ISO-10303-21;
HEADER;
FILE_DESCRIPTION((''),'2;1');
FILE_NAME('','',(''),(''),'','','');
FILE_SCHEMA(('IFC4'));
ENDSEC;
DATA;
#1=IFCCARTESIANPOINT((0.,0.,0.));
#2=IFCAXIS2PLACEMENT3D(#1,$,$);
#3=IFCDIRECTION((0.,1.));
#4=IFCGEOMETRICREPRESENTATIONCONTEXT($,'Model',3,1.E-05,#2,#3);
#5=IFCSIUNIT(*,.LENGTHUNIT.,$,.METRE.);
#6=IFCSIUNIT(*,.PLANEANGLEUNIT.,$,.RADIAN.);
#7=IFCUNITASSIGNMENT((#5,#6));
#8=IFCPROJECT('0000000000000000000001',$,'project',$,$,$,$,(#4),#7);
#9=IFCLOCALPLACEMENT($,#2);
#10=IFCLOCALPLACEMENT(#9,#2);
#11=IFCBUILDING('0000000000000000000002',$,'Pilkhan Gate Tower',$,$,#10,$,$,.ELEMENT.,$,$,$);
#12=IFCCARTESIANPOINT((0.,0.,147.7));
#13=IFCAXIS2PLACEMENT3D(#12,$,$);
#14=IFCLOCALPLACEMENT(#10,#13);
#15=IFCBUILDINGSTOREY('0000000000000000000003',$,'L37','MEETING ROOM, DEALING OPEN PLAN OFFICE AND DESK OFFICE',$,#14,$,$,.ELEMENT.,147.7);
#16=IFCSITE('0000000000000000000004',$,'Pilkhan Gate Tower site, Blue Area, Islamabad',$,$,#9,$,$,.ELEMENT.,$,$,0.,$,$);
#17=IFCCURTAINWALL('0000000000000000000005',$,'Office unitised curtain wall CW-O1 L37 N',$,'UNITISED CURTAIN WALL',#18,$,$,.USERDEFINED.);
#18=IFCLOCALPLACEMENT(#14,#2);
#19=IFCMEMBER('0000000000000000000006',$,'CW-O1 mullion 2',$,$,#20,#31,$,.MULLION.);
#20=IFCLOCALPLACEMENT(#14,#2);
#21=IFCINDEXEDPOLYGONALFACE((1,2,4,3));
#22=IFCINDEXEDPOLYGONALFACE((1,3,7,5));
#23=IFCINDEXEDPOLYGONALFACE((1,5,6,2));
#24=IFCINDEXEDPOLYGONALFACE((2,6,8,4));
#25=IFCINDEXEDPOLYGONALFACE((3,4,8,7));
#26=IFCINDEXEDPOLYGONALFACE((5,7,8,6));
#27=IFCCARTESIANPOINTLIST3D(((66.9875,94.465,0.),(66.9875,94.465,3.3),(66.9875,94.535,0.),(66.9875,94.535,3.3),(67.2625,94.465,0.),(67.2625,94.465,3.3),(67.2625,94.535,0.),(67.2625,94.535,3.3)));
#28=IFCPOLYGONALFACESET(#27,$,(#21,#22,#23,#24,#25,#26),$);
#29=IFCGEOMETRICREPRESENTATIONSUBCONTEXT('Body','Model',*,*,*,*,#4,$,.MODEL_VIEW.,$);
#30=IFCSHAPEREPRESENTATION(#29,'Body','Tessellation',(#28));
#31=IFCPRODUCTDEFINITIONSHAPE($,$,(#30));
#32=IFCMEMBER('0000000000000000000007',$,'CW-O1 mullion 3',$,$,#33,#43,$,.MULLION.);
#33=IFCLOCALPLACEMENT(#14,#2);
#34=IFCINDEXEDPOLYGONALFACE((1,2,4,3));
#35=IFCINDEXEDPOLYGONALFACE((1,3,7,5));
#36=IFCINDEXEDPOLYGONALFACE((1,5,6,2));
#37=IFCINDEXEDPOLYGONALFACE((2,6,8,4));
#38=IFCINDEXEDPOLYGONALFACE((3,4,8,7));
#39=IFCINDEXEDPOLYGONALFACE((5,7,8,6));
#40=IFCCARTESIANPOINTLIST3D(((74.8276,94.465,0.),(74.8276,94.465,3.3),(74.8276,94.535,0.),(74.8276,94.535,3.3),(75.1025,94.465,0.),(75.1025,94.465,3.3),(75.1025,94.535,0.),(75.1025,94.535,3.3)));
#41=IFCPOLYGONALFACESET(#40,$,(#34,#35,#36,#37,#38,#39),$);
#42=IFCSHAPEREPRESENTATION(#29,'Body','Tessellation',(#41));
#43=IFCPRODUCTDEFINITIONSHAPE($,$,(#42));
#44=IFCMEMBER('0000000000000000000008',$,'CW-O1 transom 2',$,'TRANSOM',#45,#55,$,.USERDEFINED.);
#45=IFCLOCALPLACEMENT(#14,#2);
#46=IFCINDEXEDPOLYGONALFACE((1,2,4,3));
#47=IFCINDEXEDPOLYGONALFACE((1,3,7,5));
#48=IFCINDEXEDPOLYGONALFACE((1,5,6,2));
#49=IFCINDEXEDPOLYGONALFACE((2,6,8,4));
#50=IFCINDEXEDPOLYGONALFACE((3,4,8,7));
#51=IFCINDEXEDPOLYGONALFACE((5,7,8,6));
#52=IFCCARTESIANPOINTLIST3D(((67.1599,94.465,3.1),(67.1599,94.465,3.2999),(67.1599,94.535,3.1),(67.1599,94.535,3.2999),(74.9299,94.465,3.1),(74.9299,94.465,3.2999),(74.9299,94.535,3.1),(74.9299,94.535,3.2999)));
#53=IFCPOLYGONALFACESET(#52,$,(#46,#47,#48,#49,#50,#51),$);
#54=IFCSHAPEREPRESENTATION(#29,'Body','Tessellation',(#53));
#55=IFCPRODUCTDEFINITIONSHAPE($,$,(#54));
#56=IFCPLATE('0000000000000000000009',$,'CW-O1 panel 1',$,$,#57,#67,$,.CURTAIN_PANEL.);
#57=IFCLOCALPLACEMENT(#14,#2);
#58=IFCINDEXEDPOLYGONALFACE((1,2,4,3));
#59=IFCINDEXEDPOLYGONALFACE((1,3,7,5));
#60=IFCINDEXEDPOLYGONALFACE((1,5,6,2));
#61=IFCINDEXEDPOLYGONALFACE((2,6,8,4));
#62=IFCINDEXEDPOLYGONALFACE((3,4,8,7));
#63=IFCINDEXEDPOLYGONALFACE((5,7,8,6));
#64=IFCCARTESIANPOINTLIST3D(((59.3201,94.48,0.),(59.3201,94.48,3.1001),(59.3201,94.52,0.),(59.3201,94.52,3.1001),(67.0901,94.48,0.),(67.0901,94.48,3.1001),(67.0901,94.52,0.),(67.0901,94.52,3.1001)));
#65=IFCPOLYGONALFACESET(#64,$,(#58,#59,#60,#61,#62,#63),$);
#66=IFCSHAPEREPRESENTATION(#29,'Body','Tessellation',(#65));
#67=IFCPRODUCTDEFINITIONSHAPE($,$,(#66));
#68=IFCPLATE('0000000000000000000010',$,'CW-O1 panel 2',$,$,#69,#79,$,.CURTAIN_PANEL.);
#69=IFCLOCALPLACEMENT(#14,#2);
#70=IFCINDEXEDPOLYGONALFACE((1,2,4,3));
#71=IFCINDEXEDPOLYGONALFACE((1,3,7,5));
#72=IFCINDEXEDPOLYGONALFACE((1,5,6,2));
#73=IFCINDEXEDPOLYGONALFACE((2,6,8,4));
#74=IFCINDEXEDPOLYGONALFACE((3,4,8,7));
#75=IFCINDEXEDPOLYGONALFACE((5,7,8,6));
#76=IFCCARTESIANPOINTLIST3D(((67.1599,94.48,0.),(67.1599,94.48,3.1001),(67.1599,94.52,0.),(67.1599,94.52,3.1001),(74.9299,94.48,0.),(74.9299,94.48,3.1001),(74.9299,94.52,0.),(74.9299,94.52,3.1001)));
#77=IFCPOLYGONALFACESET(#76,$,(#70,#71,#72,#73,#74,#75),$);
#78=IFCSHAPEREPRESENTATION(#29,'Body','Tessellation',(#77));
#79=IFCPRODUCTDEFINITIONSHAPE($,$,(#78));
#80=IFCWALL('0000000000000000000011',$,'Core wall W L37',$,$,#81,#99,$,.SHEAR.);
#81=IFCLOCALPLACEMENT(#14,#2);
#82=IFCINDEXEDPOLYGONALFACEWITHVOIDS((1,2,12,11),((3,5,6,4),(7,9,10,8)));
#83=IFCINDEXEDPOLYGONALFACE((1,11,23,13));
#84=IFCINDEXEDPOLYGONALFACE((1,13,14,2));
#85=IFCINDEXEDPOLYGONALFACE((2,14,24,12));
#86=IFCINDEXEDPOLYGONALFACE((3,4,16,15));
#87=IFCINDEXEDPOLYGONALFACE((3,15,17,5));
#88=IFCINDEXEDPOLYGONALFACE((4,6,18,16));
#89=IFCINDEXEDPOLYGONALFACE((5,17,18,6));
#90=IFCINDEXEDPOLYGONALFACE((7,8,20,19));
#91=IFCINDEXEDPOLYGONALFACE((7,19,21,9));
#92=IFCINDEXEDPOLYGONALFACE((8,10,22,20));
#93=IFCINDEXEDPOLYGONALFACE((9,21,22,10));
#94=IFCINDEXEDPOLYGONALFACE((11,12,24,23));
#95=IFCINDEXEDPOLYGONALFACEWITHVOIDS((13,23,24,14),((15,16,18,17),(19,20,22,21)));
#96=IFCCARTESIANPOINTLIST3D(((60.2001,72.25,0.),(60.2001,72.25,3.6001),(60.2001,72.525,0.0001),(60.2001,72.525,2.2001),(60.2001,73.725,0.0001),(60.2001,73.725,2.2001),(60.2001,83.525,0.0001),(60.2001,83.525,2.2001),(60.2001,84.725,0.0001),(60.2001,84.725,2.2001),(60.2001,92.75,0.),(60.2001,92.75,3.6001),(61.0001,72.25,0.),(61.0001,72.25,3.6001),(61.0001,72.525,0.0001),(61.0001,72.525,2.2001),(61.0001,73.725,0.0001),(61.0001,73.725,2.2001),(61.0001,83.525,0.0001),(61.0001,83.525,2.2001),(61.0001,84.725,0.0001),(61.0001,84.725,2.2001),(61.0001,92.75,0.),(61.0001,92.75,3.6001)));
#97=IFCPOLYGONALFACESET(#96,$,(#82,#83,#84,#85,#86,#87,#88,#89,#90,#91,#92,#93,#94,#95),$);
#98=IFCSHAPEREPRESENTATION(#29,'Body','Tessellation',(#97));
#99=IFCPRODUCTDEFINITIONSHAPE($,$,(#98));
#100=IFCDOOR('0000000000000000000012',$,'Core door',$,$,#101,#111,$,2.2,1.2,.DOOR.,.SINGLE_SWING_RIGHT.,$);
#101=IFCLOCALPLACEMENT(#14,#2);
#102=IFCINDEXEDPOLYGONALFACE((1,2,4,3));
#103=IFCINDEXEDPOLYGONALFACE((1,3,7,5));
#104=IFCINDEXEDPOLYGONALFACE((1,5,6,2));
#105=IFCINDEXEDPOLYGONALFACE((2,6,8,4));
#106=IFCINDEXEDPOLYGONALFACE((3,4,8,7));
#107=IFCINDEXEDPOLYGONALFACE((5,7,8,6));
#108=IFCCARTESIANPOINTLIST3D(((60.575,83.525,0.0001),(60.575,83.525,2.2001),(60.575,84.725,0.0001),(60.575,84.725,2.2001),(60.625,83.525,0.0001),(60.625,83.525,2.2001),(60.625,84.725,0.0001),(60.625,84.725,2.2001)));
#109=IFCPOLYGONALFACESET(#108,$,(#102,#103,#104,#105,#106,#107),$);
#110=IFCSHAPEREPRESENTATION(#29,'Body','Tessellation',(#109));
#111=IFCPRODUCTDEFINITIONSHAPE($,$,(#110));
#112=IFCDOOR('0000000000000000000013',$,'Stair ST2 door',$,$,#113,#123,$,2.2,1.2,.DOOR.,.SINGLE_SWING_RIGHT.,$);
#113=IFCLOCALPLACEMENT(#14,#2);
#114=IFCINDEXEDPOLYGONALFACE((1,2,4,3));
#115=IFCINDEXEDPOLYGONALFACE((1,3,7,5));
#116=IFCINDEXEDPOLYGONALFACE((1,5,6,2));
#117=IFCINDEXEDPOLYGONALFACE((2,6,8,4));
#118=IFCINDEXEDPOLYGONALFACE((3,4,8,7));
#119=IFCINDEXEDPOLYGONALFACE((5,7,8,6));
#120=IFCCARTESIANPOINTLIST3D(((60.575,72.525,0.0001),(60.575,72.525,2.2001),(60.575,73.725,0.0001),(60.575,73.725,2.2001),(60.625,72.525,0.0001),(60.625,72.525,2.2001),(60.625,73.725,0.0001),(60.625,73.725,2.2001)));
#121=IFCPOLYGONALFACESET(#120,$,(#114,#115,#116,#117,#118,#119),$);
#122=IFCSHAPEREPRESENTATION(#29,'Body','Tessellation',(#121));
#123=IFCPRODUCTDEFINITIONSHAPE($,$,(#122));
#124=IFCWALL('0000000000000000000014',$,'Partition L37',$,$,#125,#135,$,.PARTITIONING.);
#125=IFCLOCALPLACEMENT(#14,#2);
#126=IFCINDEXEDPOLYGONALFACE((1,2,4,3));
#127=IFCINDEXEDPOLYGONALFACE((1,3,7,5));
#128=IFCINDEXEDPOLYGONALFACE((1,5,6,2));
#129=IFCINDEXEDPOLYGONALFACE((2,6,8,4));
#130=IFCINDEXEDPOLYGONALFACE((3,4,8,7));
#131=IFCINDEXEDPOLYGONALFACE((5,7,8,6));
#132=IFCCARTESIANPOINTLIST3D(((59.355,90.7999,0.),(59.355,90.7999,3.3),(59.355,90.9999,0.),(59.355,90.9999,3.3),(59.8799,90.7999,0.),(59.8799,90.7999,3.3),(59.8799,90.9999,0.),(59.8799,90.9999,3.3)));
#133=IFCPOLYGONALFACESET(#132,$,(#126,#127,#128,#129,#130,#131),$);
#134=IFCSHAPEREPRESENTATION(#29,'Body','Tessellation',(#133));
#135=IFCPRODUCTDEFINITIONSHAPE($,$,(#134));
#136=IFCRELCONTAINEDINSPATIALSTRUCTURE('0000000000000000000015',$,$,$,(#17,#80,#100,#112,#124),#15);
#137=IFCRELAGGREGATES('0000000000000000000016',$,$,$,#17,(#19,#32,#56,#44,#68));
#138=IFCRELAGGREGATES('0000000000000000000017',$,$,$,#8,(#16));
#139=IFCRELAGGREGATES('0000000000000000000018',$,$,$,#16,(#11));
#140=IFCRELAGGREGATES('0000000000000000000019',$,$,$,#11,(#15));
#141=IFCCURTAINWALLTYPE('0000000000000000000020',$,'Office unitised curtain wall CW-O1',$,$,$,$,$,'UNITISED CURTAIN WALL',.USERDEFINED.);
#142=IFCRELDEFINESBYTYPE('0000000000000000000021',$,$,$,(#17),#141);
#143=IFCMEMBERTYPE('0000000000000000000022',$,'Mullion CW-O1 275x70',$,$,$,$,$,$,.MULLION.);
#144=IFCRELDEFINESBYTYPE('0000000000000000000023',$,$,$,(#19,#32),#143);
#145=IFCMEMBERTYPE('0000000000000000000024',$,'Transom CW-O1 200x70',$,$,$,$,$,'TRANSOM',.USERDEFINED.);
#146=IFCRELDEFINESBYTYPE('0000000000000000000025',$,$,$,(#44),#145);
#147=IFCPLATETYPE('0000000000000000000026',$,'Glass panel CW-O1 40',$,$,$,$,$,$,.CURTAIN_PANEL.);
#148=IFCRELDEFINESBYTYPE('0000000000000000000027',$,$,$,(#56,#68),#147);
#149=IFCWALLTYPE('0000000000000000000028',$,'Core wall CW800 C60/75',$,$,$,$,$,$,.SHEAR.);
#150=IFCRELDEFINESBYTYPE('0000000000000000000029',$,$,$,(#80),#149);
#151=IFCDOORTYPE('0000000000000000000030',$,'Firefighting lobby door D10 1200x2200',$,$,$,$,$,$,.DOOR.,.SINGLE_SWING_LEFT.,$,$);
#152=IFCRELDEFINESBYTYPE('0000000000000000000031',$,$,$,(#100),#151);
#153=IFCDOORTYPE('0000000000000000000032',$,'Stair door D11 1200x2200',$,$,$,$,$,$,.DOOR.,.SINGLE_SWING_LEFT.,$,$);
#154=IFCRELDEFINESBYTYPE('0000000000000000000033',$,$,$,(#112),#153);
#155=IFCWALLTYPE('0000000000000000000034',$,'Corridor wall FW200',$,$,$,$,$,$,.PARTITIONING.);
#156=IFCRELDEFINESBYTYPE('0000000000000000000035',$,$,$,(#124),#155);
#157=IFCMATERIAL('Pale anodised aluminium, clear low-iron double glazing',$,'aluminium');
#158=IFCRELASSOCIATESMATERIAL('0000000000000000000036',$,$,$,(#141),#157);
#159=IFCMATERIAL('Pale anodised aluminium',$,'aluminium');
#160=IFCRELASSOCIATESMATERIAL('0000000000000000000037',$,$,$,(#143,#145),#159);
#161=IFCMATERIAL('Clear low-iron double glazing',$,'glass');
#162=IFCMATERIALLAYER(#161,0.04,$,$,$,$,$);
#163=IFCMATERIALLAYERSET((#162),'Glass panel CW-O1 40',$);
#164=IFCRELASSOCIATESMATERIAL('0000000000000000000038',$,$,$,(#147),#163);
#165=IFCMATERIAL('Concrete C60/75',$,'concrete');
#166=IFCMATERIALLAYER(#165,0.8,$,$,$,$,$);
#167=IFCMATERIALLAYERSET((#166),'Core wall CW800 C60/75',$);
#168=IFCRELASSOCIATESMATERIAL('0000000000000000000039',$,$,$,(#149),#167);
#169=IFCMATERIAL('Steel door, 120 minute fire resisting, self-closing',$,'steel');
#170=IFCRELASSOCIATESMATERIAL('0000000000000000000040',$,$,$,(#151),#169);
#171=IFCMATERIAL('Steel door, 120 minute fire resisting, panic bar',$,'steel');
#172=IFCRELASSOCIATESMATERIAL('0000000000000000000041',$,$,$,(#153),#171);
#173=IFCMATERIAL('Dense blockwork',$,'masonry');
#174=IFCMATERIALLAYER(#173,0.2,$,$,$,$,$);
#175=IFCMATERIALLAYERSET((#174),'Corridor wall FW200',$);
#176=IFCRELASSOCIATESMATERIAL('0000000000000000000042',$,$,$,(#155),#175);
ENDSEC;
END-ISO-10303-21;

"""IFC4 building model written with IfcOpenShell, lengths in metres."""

from ifc_helpers import new_model, si_unit, direction, frame, frame_2d, origin, origin_2d, place, context, subcontext, project, spatial, rectangle, extrude, material, layer, layer_set, material_profile, profile_set, type_object, element, fill, aggregate, save


model = new_model("IFC4")

# Units and contexts
model_context = context("Model", 3, precision=1e-05, world=origin(), true_north=direction((0.0, 1.0)))
body_context = subcontext(model_context, "Body", "Model", "MODEL_VIEW")
ifc_project = project(units=[si_unit("LENGTHUNIT", "METRE"), si_unit("PLANEANGLEUNIT", "RADIAN")], contexts=[model_context])

# Site, building, storey
site_placement = place(None, origin())
site = spatial("IfcSite", under=ifc_project, at=site_placement, Name="Pilkhan Gate Tower site, Blue Area, Islamabad", CompositionType="ELEMENT", RefElevation=0.0)
building_placement = place(site_placement, origin())
building = spatial("IfcBuilding", under=site, at=building_placement, Name="Pilkhan Gate Tower", CompositionType="ELEMENT")
storey_placement = place(building_placement, frame((0.0, 0.0, 147.7)))
storey = spatial("IfcBuildingStorey", under=building, at=storey_placement, Name="L37", Description="MEETING ROOM, DEALING OPEN PLAN OFFICE AND DESK OFFICE", CompositionType="ELEMENT", Elevation=147.7)

# Curtain wall, members, plates
ifc_material_1 = material(Name="Pale anodised aluminium, clear low-iron double glazing", Category="aluminium")
curtain_wall_type = type_object("IfcCurtainWallType", Name="Office unitised curtain wall CW-O1", ElementType="UNITISED CURTAIN WALL", PredefinedType="USERDEFINED", material=ifc_material_1)
curtain_wall_placement = place(storey_placement, origin())
curtain_wall = element("IfcCurtainWall", 1, at=curtain_wall_placement, inside=storey, type_object=curtain_wall_type, Name="Office unitised curtain wall CW-O1 L37 N", ObjectType="UNITISED CURTAIN WALL", PredefinedType="USERDEFINED")
ifc_material_2 = material(Name="Pale anodised aluminium", Category="aluminium")
ifc_material_profile_1 = material_profile(ifc_material_2, rectangle(XDim=0.0701, YDim=0.2749, at=origin_2d()), Name="Mullion 275x70")
ifc_profile_set_1 = profile_set([ifc_material_profile_1], Name="Pale anodised aluminium")
member_type_1 = type_object("IfcMemberType", Name="Mullion CW-O1 275x70", PredefinedType="MULLION", material=ifc_profile_set_1)
member_1_placement = place(storey_placement, frame((67.125, 94.5, 0.0), z_axis=(0.0, 0.0, 1.0), x_axis=(0.0, 1.0, 0.0)))
member_1 = element("IfcMember", 2, at=member_1_placement, type_object=member_type_1, Name="CW-O1 mullion 2", PredefinedType="MULLION", context=body_context, shape_type="SweptSolid", body=[
    extrude(rectangle(XDim=0.0701, YDim=0.2749, at=origin_2d()), origin(), (0.0, 0.0, 1.0), 3.3),
])
member_2_placement = place(storey_placement, frame((74.9651, 94.5, 0.0), z_axis=(0.0, 0.0, 1.0), x_axis=(0.0, 1.0, 0.0)))
member_2 = element("IfcMember", 3, at=member_2_placement, type_object=member_type_1, Name="CW-O1 mullion 3", PredefinedType="MULLION", context=body_context, shape_type="SweptSolid", body=[
    extrude(rectangle(XDim=0.0701, YDim=0.2749, at=origin_2d()), origin(), (0.0, 0.0, 1.0), 3.3),
])
ifc_material_profile_2 = material_profile(ifc_material_2, rectangle(XDim=0.0701, YDim=0.2, at=origin_2d()), Name="Transom 200x70")
ifc_profile_set_2 = profile_set([ifc_material_profile_2], Name="Pale anodised aluminium")
member_type_2 = type_object("IfcMemberType", Name="Transom CW-O1 200x70", ElementType="TRANSOM", PredefinedType="USERDEFINED", material=ifc_profile_set_2)
member_3_placement = place(storey_placement, frame((67.1599, 94.5, 3.2), z_axis=(1.0, 0.0, 0.0), x_axis=(0.0, 1.0, 0.0)))
member_3 = element("IfcMember", 4, at=member_3_placement, type_object=member_type_2, Name="CW-O1 transom 2", ObjectType="TRANSOM", PredefinedType="USERDEFINED", context=body_context, shape_type="SweptSolid", body=[
    extrude(rectangle(XDim=0.0701, YDim=0.2, at=origin_2d()), origin(), (0.0, 0.0, 1.0), 7.77),
])
ifc_material_3 = material(Name="Clear low-iron double glazing", Category="glass")
ifc_layer_1 = layer(ifc_material_3, 0.04)
ifc_layer_set_1 = layer_set([ifc_layer_1], Name="Glass panel CW-O1 40")
plate_type = type_object("IfcPlateType", Name="Glass panel CW-O1 40", PredefinedType="CURTAIN_PANEL", material=ifc_layer_set_1)
plate_1_placement = place(storey_placement, frame((63.2051, 94.5, 0.0), z_axis=(0.0, 0.0, 1.0), x_axis=(1.0, 0.0, 0.0)))
plate_1 = element("IfcPlate", 5, at=plate_1_placement, type_object=plate_type, Name="CW-O1 panel 1", PredefinedType="CURTAIN_PANEL", context=body_context, shape_type="SweptSolid", body=[
    extrude(rectangle(XDim=7.77, YDim=0.04, at=origin_2d()), origin(), (0.0, 0.0, 1.0), 3.1001),
])
plate_2_placement = place(storey_placement, frame((71.0449, 94.5, 0.0), z_axis=(0.0, 0.0, 1.0), x_axis=(1.0, 0.0, 0.0)))
plate_2 = element("IfcPlate", 6, at=plate_2_placement, type_object=plate_type, Name="CW-O1 panel 2", PredefinedType="CURTAIN_PANEL", context=body_context, shape_type="SweptSolid", body=[
    extrude(rectangle(XDim=7.77, YDim=0.04, at=origin_2d()), origin(), (0.0, 0.0, 1.0), 3.1001),
])
aggregate(curtain_wall, [member_1, member_2, plate_1, member_3, plate_2])

# Wall, openings, doors
ifc_material_4 = material(Name="Concrete C60/75", Category="concrete")
ifc_layer_2 = layer(ifc_material_4, 0.8)
ifc_layer_set_2 = layer_set([ifc_layer_2], Name="Core wall CW800 C60/75")
wall_type_1 = type_object("IfcWallType", Name="Core wall CW800 C60/75", PredefinedType="SHEAR", material=ifc_layer_set_2)
wall_1_placement = place(storey_placement, frame((60.6001, 92.75, 0.0), z_axis=(0.0, 0.0, 1.0), x_axis=(0.0, -1.0, 0.0)))
wall_1 = element("IfcWall", 7, at=wall_1_placement, inside=storey, type_object=wall_type_1, Name="Core wall W L37", PredefinedType="SHEAR", context=body_context, shape_type="SweptSolid", body=[
    extrude(rectangle(XDim=20.5, YDim=0.8, at=frame_2d((10.25, 0.0))), origin(), (0.0, 0.0, 1.0), 3.6001),
])
opening_1_placement = place(wall_1_placement, frame((19.0249, 0.0, 0.0)))
opening_1 = element("IfcOpeningElement", 8, at=opening_1_placement, cuts=wall_1, PredefinedType="OPENING", context=body_context, shape_type="SweptSolid", body=[
    extrude(rectangle(XDim=1.2, YDim=2.2, at=frame_2d((0.6001, 1.1001))), frame((0.0, 0.4099, 0.0), z_axis=(0.0, -1.0, 0.0), x_axis=(1.0, 0.0, 0.0)), (0.0, 0.0, 1.0), 0.8201),
])
opening_2_placement = place(wall_1_placement, frame((8.0249, 0.0, 0.0)))
opening_2 = element("IfcOpeningElement", 9, at=opening_2_placement, cuts=wall_1, PredefinedType="OPENING", context=body_context, shape_type="SweptSolid", body=[
    extrude(rectangle(XDim=1.2, YDim=2.2, at=frame_2d((0.6001, 1.1001))), frame((0.0, 0.4099, 0.0), z_axis=(0.0, -1.0, 0.0), x_axis=(1.0, 0.0, 0.0)), (0.0, 0.0, 1.0), 0.8201),
])
ifc_material_5 = material(Name="Steel door, 120 minute fire resisting, self-closing", Category="steel")
door_type_1 = type_object("IfcDoorType", Name="Firefighting lobby door D10 1200x2200", OperationType="SINGLE_SWING_LEFT", PredefinedType="DOOR", material=ifc_material_5)
door_1_placement = place(opening_2_placement, origin())
door_1 = element("IfcDoor", 10, at=door_1_placement, inside=storey, type_object=door_type_1, Name="Core door", OperationType="SINGLE_SWING_RIGHT", OverallHeight=2.2, OverallWidth=1.2, PredefinedType="DOOR", context=body_context, shape_type="SweptSolid", body=[
    extrude(rectangle(XDim=1.2, YDim=2.2, at=frame_2d((0.6001, 1.1001))), frame((0.0, 0.0249, 0.0), z_axis=(0.0, -1.0, 0.0), x_axis=(1.0, 0.0, 0.0)), (0.0, 0.0, 1.0), 0.05),
])
fill(opening_2, door_1)
ifc_material_6 = material(Name="Steel door, 120 minute fire resisting, panic bar", Category="steel")
door_type_2 = type_object("IfcDoorType", Name="Stair door D11 1200x2200", OperationType="SINGLE_SWING_LEFT", PredefinedType="DOOR", material=ifc_material_6)
door_2_placement = place(opening_1_placement, origin())
door_2 = element("IfcDoor", 11, at=door_2_placement, inside=storey, type_object=door_type_2, Name="Stair ST2 door", OperationType="SINGLE_SWING_RIGHT", OverallHeight=2.2, OverallWidth=1.2, PredefinedType="DOOR", context=body_context, shape_type="SweptSolid", body=[
    extrude(rectangle(XDim=1.2, YDim=2.2, at=frame_2d((0.6001, 1.1001))), frame((0.0, 0.0249, 0.0), z_axis=(0.0, -1.0, 0.0), x_axis=(1.0, 0.0, 0.0)), (0.0, 0.0, 1.0), 0.05),
])
fill(opening_1, door_2)

# Wall
ifc_material_7 = material(Name="Dense blockwork", Category="masonry")
ifc_layer_3 = layer(ifc_material_7, 0.2)
ifc_layer_set_3 = layer_set([ifc_layer_3], Name="Corridor wall FW200")
wall_type_2 = type_object("IfcWallType", Name="Corridor wall FW200", PredefinedType="PARTITIONING", material=ifc_layer_set_3)
wall_2_placement = place(storey_placement, frame((59.355, 90.8999, 0.0), z_axis=(0.0, 0.0, 1.0), x_axis=(1.0, 0.0, 0.0)))
element("IfcWall", 12, at=wall_2_placement, inside=storey, type_object=wall_type_2, Name="Partition L37", PredefinedType="PARTITIONING", context=body_context, shape_type="SweptSolid", body=[
    extrude(rectangle(XDim=0.5249, YDim=0.2, at=frame_2d((0.2625, 0.0))), origin(), (0.0, 0.0, 1.0), 3.3),
])

save(model, "model.ifc")
